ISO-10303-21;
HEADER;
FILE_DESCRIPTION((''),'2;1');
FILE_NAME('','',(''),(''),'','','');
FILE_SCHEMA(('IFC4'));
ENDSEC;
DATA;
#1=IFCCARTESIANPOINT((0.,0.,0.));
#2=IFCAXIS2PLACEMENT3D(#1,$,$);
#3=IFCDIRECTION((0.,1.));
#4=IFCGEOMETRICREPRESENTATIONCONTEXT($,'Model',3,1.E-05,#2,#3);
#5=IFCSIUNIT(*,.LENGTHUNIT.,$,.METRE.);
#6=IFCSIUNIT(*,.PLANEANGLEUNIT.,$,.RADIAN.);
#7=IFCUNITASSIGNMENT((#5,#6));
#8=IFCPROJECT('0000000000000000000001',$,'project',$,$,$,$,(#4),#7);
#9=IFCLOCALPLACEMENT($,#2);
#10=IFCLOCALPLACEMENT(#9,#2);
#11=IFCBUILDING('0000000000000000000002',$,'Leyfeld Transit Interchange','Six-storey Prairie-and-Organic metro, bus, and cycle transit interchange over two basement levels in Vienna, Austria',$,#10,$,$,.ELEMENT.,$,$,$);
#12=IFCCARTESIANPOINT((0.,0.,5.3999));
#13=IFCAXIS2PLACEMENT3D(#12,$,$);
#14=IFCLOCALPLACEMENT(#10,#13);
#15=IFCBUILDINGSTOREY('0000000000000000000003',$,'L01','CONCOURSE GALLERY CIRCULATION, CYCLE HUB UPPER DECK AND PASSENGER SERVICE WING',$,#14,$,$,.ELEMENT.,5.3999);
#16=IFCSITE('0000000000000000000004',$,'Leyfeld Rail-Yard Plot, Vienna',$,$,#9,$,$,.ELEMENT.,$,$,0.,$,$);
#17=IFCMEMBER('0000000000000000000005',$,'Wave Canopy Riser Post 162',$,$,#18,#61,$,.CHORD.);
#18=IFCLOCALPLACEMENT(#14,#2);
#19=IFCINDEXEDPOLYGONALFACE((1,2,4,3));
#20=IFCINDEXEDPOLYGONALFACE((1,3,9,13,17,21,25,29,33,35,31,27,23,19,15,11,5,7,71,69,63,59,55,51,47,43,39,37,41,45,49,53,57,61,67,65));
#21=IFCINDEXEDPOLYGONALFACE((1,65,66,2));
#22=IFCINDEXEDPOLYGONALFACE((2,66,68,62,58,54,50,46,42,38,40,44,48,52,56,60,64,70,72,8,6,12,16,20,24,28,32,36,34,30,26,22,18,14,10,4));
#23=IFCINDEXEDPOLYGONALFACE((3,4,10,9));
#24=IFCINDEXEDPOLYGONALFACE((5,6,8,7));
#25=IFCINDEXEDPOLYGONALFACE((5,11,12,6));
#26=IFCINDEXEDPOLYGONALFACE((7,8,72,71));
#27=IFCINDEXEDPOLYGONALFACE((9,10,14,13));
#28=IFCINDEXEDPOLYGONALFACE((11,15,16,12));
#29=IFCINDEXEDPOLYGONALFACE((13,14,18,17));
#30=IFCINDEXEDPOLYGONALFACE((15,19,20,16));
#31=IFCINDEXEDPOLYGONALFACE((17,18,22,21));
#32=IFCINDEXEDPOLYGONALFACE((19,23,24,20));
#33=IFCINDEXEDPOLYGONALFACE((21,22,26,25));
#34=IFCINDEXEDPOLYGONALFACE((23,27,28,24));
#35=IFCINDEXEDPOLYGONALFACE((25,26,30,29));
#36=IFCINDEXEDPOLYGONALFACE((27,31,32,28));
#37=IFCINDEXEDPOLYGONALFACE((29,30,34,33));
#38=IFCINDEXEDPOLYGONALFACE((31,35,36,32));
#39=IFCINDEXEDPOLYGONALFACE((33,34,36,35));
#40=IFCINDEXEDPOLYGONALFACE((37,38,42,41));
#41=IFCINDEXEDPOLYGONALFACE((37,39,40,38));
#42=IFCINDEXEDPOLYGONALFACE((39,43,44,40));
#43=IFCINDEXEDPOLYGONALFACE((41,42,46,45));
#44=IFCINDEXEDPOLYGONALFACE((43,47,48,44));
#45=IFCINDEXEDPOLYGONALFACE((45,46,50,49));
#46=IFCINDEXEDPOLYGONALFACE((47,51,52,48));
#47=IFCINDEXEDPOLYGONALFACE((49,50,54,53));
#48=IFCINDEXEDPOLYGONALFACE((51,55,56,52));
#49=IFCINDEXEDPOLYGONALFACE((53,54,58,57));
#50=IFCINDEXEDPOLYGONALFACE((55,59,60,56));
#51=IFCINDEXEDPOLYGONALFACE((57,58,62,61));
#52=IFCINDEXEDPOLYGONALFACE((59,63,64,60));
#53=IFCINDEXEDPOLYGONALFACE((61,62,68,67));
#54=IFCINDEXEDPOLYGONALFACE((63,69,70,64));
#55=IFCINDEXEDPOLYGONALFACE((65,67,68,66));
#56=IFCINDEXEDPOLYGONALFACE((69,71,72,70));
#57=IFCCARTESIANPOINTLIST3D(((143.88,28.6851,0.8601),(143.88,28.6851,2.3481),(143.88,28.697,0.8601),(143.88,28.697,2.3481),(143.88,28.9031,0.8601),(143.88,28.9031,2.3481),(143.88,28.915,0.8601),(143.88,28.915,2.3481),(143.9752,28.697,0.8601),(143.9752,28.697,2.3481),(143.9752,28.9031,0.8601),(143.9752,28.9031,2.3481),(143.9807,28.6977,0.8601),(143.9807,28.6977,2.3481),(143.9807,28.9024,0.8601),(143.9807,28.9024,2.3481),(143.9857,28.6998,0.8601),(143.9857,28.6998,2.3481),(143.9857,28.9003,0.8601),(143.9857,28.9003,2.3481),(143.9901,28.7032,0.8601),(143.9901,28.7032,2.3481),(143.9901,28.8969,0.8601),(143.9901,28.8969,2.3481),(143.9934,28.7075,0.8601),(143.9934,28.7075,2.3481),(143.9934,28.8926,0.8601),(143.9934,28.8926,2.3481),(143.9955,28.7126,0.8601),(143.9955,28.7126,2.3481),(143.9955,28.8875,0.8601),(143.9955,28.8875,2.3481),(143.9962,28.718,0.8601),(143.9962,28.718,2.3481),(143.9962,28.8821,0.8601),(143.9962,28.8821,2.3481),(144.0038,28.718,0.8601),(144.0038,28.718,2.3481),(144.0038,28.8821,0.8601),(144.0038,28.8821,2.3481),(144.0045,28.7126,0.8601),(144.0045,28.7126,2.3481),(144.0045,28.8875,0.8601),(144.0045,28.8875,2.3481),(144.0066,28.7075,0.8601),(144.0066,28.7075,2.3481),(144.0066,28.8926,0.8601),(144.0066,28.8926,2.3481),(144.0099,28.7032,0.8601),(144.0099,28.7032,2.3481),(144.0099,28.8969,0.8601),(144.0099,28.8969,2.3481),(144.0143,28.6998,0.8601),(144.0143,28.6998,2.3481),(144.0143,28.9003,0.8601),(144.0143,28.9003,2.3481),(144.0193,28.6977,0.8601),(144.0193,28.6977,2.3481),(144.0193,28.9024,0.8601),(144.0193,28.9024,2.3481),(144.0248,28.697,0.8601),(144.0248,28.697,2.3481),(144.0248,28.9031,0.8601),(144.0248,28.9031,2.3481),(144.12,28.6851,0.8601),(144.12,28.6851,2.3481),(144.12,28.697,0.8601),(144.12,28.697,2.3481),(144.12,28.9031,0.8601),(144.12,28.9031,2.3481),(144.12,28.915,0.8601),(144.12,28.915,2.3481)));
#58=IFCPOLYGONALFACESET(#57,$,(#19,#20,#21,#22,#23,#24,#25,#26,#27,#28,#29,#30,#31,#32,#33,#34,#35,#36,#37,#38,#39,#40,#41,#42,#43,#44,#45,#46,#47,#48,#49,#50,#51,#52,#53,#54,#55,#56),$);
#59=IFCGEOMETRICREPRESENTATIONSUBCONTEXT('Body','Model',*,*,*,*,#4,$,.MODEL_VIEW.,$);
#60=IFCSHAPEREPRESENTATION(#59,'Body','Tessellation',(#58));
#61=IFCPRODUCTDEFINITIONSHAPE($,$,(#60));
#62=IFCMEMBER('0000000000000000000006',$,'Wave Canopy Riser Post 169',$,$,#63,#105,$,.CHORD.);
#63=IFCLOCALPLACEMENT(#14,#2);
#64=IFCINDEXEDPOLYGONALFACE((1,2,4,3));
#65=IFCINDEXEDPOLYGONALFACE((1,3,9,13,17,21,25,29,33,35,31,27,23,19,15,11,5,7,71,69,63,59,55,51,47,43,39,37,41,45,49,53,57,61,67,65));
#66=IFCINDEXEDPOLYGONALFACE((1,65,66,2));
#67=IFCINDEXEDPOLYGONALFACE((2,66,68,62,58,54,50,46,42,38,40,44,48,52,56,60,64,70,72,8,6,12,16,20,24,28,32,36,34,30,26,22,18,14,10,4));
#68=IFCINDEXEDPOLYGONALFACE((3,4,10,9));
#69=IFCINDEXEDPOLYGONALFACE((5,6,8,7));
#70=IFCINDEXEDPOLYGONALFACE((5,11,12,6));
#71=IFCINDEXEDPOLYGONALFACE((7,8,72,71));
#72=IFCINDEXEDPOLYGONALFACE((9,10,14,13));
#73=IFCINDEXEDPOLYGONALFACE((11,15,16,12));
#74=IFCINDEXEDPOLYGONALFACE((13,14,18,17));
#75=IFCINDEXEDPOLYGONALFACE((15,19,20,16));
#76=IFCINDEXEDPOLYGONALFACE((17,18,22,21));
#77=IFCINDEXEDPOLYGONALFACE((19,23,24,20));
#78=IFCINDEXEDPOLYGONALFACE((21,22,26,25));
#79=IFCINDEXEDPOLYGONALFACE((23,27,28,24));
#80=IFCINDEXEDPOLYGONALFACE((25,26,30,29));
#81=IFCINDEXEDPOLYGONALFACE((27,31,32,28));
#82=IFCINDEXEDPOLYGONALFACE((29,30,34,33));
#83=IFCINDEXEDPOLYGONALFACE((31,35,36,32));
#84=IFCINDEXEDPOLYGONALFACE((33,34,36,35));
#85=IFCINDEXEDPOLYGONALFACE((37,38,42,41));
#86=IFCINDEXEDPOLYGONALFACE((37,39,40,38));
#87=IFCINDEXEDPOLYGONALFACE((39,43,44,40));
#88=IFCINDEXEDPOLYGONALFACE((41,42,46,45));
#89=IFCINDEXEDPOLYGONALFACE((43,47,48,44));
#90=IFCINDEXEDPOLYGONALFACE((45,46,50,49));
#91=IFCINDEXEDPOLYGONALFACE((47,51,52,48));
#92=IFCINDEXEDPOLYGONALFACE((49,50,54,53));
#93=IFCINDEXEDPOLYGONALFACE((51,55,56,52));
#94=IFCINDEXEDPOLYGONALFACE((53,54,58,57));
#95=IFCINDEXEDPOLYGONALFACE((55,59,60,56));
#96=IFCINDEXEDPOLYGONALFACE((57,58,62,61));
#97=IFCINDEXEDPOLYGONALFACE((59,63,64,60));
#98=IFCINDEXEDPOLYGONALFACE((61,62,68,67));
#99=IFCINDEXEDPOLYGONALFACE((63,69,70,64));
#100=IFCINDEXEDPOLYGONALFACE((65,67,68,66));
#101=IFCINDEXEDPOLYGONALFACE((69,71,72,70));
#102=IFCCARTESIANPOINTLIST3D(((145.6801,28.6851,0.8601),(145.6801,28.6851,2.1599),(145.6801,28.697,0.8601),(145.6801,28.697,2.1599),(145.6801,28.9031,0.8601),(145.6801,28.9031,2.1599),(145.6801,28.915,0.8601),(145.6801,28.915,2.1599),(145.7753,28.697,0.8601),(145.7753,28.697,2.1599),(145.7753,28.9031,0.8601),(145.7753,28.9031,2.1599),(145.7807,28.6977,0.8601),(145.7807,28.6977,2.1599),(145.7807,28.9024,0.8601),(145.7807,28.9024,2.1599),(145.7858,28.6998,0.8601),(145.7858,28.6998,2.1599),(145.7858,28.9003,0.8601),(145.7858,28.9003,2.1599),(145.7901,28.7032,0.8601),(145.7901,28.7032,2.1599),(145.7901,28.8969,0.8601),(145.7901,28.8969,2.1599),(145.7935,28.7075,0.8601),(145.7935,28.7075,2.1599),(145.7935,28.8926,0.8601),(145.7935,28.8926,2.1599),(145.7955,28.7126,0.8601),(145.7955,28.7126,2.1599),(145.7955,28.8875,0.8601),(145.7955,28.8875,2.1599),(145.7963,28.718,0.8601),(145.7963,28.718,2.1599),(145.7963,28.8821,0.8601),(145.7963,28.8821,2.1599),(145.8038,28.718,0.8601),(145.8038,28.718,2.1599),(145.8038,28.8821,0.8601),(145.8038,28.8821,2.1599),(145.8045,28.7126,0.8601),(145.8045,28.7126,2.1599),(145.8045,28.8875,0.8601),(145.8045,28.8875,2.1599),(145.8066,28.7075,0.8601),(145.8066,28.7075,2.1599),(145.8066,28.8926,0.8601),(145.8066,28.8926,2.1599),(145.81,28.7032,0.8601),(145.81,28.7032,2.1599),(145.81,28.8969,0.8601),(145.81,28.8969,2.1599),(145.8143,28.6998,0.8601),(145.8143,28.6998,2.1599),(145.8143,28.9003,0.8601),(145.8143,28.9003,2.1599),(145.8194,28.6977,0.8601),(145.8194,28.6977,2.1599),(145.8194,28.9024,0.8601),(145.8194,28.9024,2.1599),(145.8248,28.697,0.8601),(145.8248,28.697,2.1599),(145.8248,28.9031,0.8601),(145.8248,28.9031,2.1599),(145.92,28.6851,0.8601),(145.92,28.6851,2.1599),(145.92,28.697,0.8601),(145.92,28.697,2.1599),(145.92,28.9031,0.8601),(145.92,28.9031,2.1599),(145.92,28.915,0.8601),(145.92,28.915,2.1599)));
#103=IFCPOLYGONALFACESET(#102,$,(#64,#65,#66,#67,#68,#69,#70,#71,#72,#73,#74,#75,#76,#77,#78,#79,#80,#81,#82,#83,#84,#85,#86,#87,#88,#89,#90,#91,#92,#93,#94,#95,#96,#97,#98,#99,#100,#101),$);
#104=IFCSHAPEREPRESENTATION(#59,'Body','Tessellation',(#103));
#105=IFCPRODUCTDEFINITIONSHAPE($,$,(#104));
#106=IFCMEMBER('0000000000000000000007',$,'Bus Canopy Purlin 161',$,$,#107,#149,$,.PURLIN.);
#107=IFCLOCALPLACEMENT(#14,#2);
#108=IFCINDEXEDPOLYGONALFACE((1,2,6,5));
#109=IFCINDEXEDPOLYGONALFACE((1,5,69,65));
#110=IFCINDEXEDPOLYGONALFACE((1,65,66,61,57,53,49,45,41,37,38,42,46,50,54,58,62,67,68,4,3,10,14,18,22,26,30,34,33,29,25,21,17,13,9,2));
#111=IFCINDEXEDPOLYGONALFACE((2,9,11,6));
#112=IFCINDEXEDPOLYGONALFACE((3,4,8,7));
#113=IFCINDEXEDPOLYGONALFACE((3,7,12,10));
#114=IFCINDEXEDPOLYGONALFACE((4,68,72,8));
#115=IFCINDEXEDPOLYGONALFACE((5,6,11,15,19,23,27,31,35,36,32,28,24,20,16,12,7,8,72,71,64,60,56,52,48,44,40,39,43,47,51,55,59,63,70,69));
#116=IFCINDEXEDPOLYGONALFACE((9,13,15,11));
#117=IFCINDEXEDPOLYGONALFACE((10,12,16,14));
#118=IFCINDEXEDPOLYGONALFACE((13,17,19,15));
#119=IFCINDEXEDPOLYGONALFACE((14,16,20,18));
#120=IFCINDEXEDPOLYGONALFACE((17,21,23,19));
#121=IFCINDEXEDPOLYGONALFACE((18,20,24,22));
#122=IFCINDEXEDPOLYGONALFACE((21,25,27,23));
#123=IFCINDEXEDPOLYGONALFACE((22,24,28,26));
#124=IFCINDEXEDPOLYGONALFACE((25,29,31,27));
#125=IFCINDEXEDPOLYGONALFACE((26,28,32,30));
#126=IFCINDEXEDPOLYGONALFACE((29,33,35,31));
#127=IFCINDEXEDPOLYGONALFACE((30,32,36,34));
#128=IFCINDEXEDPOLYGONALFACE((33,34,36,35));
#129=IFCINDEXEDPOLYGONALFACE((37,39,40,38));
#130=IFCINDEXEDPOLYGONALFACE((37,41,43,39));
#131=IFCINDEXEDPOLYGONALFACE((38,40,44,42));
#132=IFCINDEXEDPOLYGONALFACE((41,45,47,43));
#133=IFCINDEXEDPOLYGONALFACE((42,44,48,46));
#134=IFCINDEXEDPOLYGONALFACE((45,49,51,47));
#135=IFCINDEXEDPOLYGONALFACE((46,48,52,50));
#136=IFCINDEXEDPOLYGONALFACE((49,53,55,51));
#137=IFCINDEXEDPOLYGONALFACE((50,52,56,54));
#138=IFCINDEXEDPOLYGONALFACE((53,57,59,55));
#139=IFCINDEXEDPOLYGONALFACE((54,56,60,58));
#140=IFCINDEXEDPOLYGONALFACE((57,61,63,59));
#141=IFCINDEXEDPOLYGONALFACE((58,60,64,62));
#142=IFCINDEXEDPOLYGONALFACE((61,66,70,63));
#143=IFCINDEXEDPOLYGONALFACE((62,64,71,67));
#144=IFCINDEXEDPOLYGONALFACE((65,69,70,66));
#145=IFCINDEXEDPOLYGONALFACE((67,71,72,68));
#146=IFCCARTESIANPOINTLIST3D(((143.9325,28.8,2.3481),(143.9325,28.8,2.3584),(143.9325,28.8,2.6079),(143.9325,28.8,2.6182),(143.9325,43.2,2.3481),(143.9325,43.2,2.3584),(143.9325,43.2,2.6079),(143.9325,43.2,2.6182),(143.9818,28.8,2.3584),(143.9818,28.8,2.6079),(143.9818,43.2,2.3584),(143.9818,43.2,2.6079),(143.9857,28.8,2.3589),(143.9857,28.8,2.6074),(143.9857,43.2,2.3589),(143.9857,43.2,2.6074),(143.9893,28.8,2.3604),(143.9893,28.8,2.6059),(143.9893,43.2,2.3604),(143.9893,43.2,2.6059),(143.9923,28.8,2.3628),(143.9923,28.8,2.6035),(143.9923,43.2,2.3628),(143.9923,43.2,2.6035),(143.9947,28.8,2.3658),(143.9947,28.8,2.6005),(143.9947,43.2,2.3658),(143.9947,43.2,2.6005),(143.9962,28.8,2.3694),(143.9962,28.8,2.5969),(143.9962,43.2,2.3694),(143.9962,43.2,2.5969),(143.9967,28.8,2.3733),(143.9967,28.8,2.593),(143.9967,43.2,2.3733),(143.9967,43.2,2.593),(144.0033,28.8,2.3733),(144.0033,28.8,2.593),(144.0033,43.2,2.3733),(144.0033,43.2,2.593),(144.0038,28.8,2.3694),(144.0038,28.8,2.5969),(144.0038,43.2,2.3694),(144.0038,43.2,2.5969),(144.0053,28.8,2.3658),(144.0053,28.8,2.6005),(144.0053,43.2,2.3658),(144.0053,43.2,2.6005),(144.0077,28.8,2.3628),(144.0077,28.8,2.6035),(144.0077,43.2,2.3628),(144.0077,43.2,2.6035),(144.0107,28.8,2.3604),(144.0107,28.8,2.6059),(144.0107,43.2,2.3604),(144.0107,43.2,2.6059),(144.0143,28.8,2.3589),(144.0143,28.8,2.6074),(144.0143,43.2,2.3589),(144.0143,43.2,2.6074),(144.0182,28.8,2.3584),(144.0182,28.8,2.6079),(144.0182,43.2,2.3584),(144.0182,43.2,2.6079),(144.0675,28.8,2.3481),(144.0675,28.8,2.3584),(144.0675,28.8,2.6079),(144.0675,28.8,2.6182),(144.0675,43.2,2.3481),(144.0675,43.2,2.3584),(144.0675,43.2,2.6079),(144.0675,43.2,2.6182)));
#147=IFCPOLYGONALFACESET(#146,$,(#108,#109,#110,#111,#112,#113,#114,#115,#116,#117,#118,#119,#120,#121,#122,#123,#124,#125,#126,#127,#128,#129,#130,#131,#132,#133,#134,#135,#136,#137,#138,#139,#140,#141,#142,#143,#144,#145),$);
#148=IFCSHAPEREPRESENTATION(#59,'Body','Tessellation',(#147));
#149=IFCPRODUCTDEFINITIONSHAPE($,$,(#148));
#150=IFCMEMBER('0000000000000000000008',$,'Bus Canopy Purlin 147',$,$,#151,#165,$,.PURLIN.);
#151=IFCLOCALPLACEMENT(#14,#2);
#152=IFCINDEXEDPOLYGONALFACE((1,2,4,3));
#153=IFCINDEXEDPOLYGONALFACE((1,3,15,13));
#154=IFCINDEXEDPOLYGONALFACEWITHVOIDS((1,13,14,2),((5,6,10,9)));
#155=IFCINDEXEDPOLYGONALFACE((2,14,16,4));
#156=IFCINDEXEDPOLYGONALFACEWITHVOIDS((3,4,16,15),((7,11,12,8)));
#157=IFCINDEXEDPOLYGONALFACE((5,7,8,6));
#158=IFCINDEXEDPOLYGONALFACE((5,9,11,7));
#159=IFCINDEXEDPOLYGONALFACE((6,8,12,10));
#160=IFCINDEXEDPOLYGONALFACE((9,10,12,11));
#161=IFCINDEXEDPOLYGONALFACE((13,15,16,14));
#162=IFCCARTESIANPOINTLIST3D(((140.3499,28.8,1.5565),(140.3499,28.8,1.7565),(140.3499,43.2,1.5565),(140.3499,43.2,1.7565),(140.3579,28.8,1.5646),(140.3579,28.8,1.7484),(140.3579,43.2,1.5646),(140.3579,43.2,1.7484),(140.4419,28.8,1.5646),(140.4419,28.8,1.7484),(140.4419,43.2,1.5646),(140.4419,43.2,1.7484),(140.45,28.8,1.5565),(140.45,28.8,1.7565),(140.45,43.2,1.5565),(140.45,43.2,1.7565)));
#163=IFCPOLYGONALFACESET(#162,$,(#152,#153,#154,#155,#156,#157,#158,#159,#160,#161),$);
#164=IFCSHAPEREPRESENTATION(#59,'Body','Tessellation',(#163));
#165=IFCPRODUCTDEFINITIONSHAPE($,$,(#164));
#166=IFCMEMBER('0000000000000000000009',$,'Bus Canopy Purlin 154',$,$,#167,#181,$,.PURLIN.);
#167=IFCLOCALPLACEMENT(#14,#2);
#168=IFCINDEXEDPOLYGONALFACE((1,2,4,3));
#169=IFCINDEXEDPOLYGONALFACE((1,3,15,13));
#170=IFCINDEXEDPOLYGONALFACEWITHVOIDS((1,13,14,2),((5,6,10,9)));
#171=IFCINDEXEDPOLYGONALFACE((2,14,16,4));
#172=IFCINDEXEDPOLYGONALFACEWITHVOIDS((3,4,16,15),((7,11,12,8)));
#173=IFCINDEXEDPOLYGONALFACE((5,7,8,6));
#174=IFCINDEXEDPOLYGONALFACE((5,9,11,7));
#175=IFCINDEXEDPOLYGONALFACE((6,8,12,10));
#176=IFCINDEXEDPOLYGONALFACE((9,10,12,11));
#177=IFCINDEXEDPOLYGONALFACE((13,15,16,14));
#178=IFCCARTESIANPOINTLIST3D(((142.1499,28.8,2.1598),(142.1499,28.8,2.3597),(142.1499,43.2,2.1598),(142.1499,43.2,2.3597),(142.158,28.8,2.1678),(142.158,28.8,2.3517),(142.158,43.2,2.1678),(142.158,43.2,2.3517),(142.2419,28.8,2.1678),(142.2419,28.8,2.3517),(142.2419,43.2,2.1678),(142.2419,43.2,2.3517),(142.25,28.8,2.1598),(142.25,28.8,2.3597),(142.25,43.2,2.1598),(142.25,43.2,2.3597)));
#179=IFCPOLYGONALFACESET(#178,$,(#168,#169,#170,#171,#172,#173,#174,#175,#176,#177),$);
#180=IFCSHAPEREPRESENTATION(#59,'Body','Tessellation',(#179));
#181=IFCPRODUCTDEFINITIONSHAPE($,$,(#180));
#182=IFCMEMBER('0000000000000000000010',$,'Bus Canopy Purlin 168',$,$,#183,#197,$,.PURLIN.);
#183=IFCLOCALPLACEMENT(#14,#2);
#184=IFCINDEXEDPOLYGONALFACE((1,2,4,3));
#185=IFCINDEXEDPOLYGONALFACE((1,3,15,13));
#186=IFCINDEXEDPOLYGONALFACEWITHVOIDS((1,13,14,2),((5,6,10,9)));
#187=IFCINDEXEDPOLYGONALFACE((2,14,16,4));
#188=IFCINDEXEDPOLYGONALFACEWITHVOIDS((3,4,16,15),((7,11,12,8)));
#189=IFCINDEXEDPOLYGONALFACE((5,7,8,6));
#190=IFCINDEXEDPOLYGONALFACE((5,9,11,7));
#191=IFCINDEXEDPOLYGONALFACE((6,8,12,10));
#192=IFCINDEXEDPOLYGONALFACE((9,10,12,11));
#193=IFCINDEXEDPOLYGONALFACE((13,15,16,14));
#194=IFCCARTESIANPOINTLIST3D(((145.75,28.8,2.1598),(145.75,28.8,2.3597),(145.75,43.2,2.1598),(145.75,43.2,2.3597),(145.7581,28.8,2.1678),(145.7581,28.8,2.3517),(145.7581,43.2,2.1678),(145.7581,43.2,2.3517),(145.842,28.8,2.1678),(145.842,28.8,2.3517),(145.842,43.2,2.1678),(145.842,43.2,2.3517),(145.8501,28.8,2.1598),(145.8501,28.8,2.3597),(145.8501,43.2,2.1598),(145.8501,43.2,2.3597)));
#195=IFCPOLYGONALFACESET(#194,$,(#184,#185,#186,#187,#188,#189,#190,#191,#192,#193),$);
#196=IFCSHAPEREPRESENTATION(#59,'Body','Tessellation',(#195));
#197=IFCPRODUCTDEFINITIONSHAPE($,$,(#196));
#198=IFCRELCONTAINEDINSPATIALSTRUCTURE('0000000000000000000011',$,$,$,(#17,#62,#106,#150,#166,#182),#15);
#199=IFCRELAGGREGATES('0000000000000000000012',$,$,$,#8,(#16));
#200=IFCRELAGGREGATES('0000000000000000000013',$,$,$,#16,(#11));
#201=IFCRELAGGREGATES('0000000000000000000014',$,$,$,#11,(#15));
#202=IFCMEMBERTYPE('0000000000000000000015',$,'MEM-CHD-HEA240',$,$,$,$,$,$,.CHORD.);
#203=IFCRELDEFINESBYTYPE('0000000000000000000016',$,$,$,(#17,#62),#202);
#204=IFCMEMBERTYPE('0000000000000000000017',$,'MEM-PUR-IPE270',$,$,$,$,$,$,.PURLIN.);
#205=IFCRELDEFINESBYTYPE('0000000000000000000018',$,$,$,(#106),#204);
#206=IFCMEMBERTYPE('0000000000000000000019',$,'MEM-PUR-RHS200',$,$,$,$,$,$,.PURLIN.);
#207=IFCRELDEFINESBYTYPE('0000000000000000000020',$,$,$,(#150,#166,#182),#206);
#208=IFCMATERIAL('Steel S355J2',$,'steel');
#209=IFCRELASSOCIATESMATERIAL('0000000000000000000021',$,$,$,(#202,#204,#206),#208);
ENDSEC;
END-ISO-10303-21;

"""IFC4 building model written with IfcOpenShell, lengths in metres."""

from ifc_helpers import new_model, si_unit, direction, frame, origin, origin_2d, place, context, subcontext, project, spatial, hollow_rectangle, i_section, extrude, material, material_profile, profile_set, type_object, element, save


model = new_model("IFC4")

# Units and contexts
model_context = context("Model", 3, precision=1e-05, world=origin(), true_north=direction((0.0, 1.0)))
body_context = subcontext(model_context, "Body", "Model", "MODEL_VIEW")
ifc_project = project(units=[si_unit("LENGTHUNIT", "METRE"), si_unit("PLANEANGLEUNIT", "RADIAN")], contexts=[model_context])

# Site, building, storey
site_placement = place(None, origin())
site = spatial("IfcSite", under=ifc_project, at=site_placement, Name="Leyfeld Rail-Yard Plot, Vienna", CompositionType="ELEMENT", RefElevation=0.0)
building_placement = place(site_placement, origin())
building = spatial("IfcBuilding", under=site, at=building_placement, Name="Leyfeld Transit Interchange", Description="Six-storey Prairie-and-Organic metro, bus, and cycle transit interchange over two basement levels in Vienna, Austria", CompositionType="ELEMENT")
storey_placement = place(building_placement, frame((0.0, 0.0, 5.3999)))
storey = spatial("IfcBuildingStorey", under=building, at=storey_placement, Name="L01", Description="CONCOURSE GALLERY CIRCULATION, CYCLE HUB UPPER DECK AND PASSENGER SERVICE WING", CompositionType="ELEMENT", Elevation=5.3999)

# Shared definitions
ifc_material_1 = material(Name="Steel S355J2", Category="steel")

# Members
ifc_material_profile_1 = material_profile(ifc_material_1, i_section(OverallWidth=0.24, OverallDepth=0.23, WebThickness=0.0076, FlangeThickness=0.012, FilletRadius=0.021, at=origin_2d()), Name="HEA 240")
ifc_profile_set_1 = profile_set([ifc_material_profile_1], Name="Steel S355J2")
member_type_1 = type_object("IfcMemberType", Name="MEM-CHD-HEA240", PredefinedType="CHORD", material=ifc_profile_set_1)
member_1_placement = place(storey_placement, frame((144.0, 28.8, 0.8601), z_axis=(0.0, 0.0, 1.0), x_axis=(1.0, 0.0, 0.0)))
element("IfcMember", 1, at=member_1_placement, inside=storey, type_object=member_type_1, Name="Wave Canopy Riser Post 162", PredefinedType="CHORD", context=body_context, shape_type="SweptSolid", body=[
    extrude(i_section(OverallWidth=0.24, OverallDepth=0.23, WebThickness=0.0076, FlangeThickness=0.012, FilletRadius=0.021, at=origin_2d()), origin(), (0.0, 0.0, 1.0), 1.488),
])
member_2_placement = place(storey_placement, frame((145.8, 28.8, 0.8601), z_axis=(0.0, 0.0, 1.0), x_axis=(1.0, 0.0, 0.0)))
element("IfcMember", 2, at=member_2_placement, inside=storey, type_object=member_type_1, Name="Wave Canopy Riser Post 169", PredefinedType="CHORD", context=body_context, shape_type="SweptSolid", body=[
    extrude(i_section(OverallWidth=0.24, OverallDepth=0.23, WebThickness=0.0076, FlangeThickness=0.012, FilletRadius=0.021, at=origin_2d()), origin(), (0.0, 0.0, 1.0), 1.2998),
])
ifc_material_profile_2 = material_profile(ifc_material_1, i_section(OverallWidth=0.135, OverallDepth=0.27, WebThickness=0.0066, FlangeThickness=0.0103, FilletRadius=0.0149, at=origin_2d()), Name="IPE 270")
ifc_profile_set_2 = profile_set([ifc_material_profile_2], Name="Steel S355J2")
member_type_2 = type_object("IfcMemberType", Name="MEM-PUR-IPE270", PredefinedType="PURLIN", material=ifc_profile_set_2)
member_3_placement = place(storey_placement, frame((144.0, 28.8, 2.4832), z_axis=(0.0, 1.0, 0.0), x_axis=(-1.0, 0.0, 0.0)))
element("IfcMember", 3, at=member_3_placement, inside=storey, type_object=member_type_2, Name="Bus Canopy Purlin 161", PredefinedType="PURLIN", context=body_context, shape_type="SweptSolid", body=[
    extrude(i_section(OverallWidth=0.135, OverallDepth=0.27, WebThickness=0.0066, FlangeThickness=0.0103, FilletRadius=0.0149, at=origin_2d()), origin(), (0.0, 0.0, 1.0), 14.3999),
])
ifc_material_profile_3 = material_profile(ifc_material_1, hollow_rectangle(XDim=0.1001, YDim=0.2, WallThickness=0.0081, at=origin_2d()), Name="RHS 200x100x8")
ifc_profile_set_3 = profile_set([ifc_material_profile_3], Name="Steel S355J2")
member_type_3 = type_object("IfcMemberType", Name="MEM-PUR-RHS200", PredefinedType="PURLIN", material=ifc_profile_set_3)
for number, where, z_axis, x_axis, name in (
    (4, (140.3999, 28.8, 1.6565), (0.0, 1.0, 0.0), (-1.0, 0.0, 0.0), "Bus Canopy Purlin 147"),
    (5, (142.2, 28.8, 2.2598), (0.0, 1.0, 0.0), (-1.0, 0.0, 0.0), "Bus Canopy Purlin 154"),
    (6, (145.8, 28.8, 2.2598), (0.0, 1.0, 0.0), (-1.0, 0.0, 0.0), "Bus Canopy Purlin 168"),
):
    element("IfcMember", number, at=place(storey_placement, frame(where, z_axis=z_axis, x_axis=x_axis)), inside=storey, type_object=member_type_3, Name=name, PredefinedType="PURLIN", context=body_context, shape_type="SweptSolid", body=[
        extrude(hollow_rectangle(XDim=0.1001, YDim=0.2, WallThickness=0.0081, at=origin_2d()), origin(), (0.0, 0.0, 1.0), 14.3999),
    ])

save(model, "model.ifc")
